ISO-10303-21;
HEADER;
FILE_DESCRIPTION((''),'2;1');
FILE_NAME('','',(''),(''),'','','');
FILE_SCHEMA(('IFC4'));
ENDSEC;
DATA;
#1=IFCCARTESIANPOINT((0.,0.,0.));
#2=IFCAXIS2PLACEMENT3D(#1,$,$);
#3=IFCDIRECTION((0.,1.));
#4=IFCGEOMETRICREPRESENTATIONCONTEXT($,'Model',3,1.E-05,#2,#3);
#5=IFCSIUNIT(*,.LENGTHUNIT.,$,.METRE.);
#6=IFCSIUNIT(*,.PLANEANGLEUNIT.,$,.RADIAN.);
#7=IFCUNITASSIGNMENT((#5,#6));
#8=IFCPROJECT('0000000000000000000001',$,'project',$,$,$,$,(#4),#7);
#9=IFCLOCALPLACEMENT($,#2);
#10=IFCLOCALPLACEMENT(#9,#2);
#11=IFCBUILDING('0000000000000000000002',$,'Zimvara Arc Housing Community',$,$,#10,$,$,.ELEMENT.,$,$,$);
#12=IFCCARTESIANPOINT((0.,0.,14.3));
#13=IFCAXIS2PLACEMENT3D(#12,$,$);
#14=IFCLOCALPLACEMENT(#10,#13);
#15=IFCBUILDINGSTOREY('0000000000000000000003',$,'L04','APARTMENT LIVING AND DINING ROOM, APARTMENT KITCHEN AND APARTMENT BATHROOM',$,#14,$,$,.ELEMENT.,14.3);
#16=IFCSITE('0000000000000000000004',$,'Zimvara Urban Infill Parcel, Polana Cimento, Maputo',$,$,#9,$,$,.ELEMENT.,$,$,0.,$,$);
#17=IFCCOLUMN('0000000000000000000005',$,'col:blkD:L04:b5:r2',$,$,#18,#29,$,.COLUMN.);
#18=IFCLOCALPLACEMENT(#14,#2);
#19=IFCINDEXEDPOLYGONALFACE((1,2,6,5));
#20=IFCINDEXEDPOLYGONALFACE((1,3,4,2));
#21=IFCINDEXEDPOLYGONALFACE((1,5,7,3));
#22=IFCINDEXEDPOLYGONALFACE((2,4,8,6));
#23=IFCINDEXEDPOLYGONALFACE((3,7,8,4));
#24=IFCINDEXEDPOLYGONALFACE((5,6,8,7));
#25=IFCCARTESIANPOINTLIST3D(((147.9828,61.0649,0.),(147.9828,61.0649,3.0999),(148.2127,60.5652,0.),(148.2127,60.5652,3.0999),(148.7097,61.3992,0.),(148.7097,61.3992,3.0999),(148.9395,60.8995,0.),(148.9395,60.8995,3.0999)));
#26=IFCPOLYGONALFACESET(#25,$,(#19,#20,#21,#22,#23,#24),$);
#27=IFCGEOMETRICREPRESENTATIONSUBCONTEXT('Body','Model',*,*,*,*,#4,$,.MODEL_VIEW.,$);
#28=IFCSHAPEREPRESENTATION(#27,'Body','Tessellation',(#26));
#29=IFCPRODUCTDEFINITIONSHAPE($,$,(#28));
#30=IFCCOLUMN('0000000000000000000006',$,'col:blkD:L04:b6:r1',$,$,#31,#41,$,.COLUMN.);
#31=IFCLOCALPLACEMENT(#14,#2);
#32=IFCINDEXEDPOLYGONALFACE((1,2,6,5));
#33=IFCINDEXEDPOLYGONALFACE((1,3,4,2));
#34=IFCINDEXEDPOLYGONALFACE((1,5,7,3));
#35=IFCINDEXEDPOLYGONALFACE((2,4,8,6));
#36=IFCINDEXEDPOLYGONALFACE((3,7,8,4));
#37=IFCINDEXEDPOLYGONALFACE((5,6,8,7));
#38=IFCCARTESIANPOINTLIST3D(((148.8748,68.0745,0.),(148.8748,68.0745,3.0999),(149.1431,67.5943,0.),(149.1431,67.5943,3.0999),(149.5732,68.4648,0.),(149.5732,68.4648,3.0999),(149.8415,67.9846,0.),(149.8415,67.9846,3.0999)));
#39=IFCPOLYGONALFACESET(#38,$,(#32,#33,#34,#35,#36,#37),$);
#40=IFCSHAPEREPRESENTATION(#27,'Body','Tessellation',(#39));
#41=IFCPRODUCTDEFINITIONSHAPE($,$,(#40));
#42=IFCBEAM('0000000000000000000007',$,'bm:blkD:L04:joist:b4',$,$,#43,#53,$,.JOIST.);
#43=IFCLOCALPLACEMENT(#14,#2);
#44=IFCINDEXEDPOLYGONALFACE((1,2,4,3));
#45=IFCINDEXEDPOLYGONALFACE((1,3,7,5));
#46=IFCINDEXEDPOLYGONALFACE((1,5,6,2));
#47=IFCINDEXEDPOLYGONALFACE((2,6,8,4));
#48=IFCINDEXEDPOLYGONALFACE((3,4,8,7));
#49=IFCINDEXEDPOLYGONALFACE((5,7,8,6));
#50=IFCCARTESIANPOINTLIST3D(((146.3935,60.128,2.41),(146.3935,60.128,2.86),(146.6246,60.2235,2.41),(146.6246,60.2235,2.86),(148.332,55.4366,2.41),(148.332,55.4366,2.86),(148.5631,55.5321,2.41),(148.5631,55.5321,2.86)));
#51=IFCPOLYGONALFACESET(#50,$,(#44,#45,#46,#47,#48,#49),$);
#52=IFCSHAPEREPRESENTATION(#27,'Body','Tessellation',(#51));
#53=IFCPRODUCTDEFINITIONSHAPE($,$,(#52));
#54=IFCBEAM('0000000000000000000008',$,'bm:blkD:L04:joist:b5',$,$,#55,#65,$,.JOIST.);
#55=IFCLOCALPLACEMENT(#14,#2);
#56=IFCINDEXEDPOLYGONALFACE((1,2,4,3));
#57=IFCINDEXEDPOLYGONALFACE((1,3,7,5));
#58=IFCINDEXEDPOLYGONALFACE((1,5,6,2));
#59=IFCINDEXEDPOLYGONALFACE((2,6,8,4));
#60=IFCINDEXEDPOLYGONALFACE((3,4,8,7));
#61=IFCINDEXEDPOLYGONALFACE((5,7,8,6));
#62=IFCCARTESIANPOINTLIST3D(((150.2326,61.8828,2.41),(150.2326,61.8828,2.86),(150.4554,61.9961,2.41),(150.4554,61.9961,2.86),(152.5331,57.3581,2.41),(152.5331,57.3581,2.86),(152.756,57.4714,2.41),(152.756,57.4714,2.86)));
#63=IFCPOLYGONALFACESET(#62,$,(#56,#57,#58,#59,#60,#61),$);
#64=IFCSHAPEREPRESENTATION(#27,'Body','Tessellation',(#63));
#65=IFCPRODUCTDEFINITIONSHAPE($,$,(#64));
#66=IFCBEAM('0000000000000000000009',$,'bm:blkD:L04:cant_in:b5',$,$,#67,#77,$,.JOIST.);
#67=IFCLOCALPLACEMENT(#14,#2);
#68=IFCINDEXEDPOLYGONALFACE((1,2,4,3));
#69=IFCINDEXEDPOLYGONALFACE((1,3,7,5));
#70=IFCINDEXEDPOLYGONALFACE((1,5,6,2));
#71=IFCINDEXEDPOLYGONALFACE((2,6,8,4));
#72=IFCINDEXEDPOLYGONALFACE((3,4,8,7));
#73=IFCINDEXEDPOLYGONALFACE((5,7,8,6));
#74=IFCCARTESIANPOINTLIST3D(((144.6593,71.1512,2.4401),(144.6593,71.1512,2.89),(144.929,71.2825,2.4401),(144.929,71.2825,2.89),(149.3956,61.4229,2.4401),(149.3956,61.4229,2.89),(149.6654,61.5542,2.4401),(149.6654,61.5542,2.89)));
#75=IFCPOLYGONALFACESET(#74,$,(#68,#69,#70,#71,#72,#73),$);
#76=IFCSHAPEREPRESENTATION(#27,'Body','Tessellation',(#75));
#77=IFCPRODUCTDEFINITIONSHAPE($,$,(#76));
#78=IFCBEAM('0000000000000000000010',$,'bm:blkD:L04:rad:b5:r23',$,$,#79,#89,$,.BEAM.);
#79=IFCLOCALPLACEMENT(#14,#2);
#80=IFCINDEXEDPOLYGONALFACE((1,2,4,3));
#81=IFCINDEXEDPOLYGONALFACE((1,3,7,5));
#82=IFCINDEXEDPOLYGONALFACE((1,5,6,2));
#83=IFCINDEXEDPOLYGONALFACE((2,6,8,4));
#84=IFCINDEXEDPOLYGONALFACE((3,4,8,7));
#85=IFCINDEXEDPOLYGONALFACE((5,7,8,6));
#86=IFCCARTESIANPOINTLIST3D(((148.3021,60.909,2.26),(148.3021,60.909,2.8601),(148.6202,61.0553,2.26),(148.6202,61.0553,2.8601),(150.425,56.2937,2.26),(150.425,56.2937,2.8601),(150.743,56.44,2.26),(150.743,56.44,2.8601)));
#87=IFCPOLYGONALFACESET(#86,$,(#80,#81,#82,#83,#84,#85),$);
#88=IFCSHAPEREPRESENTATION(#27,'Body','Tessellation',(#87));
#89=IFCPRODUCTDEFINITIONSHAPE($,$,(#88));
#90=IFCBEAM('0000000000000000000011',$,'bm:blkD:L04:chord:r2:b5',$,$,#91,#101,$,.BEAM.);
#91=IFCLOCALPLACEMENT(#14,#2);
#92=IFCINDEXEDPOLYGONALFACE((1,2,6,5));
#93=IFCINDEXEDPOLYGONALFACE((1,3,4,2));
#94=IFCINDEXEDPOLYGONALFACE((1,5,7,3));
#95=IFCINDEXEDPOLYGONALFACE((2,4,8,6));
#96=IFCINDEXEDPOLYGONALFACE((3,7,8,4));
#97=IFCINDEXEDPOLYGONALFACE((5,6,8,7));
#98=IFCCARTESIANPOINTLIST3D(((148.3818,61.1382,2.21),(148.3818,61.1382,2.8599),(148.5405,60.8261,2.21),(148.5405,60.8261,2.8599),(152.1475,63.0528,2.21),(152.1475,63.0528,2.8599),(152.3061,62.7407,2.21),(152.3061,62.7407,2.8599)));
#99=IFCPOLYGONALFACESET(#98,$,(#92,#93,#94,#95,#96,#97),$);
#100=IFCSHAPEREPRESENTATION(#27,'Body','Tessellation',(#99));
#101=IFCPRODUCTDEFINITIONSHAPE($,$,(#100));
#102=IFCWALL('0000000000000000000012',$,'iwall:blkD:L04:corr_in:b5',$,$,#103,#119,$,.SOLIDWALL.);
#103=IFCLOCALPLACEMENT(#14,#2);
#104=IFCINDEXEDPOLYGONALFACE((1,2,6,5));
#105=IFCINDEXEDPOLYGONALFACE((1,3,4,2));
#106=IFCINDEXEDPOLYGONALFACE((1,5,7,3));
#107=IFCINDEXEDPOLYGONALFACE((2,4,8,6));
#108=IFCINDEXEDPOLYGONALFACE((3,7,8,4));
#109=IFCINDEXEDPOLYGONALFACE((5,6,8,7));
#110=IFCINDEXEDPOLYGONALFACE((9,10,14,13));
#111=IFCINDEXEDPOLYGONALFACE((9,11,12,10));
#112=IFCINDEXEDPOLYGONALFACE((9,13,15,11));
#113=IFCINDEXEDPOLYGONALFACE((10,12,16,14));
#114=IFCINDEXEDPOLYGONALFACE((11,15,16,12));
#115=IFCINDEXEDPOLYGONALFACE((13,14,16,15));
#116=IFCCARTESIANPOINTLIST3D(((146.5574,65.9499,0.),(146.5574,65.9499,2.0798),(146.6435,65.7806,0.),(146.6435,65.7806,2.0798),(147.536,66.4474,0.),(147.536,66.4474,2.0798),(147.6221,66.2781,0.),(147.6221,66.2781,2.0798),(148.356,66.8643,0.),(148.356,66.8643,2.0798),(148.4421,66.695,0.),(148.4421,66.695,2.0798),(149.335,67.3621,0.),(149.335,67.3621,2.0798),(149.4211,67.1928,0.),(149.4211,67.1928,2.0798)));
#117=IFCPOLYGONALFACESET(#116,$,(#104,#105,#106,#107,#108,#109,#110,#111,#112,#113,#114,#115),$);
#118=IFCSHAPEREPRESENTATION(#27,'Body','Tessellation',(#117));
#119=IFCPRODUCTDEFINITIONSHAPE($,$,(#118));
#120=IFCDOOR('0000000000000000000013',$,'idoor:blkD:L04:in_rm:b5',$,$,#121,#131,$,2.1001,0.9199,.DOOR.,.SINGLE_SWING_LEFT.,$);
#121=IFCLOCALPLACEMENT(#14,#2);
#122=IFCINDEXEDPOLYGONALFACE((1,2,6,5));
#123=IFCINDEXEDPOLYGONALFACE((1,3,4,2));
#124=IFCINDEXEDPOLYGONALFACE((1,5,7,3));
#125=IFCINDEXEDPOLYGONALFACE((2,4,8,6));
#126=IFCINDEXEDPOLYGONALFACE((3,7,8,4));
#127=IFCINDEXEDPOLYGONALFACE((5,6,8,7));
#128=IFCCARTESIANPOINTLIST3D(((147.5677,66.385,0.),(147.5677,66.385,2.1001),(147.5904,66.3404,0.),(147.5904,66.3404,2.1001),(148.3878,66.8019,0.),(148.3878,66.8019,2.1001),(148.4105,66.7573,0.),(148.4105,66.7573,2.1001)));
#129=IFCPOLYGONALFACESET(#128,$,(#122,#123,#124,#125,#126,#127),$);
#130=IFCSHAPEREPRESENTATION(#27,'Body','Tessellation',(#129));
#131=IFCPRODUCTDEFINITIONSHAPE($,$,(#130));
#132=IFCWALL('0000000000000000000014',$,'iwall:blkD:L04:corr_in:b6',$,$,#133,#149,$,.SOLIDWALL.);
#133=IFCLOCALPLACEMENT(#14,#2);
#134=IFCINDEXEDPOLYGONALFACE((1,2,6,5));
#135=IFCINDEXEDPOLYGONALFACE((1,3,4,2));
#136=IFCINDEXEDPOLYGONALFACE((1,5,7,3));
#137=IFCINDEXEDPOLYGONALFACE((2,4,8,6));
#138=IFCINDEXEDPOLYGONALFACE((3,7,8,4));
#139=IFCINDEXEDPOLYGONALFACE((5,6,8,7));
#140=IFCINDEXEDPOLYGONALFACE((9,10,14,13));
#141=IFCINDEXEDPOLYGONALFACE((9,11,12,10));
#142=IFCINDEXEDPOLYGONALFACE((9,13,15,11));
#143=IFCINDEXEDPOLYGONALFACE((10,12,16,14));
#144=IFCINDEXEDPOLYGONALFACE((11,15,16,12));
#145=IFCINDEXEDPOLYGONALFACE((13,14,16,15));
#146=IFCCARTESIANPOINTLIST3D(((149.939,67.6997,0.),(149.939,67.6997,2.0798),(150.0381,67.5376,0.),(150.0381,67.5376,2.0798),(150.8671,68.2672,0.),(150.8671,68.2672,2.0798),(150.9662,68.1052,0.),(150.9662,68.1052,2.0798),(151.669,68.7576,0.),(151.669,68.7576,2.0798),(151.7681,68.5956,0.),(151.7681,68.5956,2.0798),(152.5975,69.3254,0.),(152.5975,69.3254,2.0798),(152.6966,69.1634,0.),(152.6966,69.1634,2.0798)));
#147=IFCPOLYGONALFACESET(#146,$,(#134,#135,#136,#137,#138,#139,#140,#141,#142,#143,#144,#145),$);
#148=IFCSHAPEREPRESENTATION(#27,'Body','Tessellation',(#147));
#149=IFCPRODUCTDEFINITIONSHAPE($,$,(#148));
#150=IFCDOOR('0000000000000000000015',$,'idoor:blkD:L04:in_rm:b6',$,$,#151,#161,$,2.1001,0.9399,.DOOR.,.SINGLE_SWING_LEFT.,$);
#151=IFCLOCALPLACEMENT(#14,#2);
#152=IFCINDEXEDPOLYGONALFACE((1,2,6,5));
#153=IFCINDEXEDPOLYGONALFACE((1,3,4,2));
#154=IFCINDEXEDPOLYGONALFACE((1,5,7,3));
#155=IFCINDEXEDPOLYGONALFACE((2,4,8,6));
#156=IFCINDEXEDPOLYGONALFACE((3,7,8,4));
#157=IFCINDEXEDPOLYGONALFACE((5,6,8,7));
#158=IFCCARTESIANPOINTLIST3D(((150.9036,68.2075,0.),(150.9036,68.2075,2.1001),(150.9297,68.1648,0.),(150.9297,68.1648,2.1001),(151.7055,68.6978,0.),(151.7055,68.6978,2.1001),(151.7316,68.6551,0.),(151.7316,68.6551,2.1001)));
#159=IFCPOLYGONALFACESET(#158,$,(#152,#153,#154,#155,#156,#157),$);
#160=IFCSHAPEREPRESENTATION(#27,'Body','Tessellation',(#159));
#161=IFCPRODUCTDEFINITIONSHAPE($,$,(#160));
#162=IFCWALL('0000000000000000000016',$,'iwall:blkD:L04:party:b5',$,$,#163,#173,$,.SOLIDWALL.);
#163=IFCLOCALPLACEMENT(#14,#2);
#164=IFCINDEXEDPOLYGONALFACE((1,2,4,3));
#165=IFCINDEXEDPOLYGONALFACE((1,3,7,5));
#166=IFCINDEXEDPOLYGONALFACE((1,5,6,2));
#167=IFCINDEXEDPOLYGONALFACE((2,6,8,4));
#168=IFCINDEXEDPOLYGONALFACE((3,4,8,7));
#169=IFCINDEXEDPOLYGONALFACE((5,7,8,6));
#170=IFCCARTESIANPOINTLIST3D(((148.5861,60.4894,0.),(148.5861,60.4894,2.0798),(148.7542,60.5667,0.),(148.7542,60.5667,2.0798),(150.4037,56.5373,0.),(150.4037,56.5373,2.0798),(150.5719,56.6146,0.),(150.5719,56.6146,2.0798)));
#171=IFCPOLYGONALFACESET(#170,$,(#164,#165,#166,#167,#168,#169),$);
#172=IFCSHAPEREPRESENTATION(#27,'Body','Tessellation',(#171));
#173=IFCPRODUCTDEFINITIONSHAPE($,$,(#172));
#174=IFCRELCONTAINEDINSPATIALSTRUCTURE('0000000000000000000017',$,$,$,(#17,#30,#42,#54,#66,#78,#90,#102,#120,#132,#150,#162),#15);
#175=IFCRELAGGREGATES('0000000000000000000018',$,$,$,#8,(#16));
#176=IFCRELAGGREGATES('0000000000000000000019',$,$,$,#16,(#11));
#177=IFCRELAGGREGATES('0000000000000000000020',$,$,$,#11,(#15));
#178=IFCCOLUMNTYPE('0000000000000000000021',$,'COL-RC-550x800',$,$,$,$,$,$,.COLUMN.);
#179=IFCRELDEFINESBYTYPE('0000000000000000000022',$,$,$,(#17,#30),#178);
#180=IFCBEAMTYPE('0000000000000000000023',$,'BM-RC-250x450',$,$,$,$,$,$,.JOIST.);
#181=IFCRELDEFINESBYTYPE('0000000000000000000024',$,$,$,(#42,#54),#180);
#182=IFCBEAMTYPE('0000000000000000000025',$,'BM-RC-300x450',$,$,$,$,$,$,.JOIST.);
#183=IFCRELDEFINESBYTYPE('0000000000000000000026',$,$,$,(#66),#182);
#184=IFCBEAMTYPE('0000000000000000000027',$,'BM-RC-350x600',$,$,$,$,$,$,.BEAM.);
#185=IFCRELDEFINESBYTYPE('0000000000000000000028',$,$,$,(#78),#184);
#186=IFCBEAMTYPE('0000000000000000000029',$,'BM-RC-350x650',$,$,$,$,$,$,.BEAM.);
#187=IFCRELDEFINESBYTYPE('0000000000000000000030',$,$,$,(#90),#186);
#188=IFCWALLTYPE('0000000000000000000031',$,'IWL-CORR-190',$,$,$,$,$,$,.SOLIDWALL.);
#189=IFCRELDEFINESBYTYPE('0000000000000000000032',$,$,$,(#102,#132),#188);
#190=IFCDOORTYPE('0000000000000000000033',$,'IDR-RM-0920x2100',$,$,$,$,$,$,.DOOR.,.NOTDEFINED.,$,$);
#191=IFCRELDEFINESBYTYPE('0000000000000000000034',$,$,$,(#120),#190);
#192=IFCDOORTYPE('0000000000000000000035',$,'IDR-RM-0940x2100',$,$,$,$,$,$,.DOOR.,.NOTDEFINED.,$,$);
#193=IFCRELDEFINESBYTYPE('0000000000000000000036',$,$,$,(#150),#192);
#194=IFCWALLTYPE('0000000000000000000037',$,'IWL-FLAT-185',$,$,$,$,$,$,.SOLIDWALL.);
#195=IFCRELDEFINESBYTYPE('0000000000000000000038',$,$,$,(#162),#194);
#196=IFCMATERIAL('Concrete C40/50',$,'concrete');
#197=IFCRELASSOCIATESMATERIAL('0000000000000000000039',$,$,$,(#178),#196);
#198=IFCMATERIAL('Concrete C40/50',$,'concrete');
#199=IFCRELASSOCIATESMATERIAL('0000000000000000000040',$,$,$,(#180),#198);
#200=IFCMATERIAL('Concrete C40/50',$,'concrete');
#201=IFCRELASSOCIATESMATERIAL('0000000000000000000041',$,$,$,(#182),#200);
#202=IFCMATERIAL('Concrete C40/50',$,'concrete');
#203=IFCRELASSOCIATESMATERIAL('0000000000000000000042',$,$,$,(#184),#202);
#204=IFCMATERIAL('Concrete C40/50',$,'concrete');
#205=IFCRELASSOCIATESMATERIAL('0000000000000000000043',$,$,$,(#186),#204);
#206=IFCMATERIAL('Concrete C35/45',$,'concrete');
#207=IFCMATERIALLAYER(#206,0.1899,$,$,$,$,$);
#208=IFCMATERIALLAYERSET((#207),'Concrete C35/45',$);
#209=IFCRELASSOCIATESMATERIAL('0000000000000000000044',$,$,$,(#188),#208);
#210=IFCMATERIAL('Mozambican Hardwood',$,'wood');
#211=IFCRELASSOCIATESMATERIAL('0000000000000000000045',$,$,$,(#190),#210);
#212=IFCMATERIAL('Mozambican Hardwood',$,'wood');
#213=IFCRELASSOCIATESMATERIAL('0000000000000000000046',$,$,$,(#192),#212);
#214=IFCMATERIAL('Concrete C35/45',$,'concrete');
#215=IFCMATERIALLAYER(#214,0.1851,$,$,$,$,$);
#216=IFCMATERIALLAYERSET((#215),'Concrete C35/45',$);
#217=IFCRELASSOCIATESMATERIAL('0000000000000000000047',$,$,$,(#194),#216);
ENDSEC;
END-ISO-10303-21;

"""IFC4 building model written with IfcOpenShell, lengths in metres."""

from ifc_helpers import new_model, si_unit, direction, frame, frame_2d, origin, origin_2d, place, context, subcontext, project, spatial, rectangle, extrude, material, layer, layer_set, material_profile, profile_set, type_object, element, fill, save


model = new_model("IFC4")

# Units and contexts
model_context = context("Model", 3, precision=1e-05, world=origin(), true_north=direction((0.0, 1.0)))
body_context = subcontext(model_context, "Body", "Model", "MODEL_VIEW")
ifc_project = project(units=[si_unit("LENGTHUNIT", "METRE"), si_unit("PLANEANGLEUNIT", "RADIAN")], contexts=[model_context])

# Site, building, storey
site_placement = place(None, origin())
site = spatial("IfcSite", under=ifc_project, at=site_placement, Name="Zimvara Urban Infill Parcel, Polana Cimento, Maputo", CompositionType="ELEMENT", RefElevation=0.0)
building_placement = place(site_placement, origin())
building = spatial("IfcBuilding", under=site, at=building_placement, Name="Zimvara Arc Housing Community", CompositionType="ELEMENT")
storey_placement = place(building_placement, frame((0.0, 0.0, 14.3)))
storey = spatial("IfcBuildingStorey", under=building, at=storey_placement, Name="L04", Description="APARTMENT LIVING AND DINING ROOM, APARTMENT KITCHEN AND APARTMENT BATHROOM", CompositionType="ELEMENT", Elevation=14.3)

# Columns
ifc_material_1 = material(Name="Concrete C40/50", Category="concrete")
ifc_material_profile_1 = material_profile(ifc_material_1, rectangle(XDim=0.55, YDim=0.8, at=origin_2d()), Name="RC 550x800")
ifc_profile_set_1 = profile_set([ifc_material_profile_1], Name="Concrete C40/50")
column_type = type_object("IfcColumnType", Name="COL-RC-550x800", PredefinedType="COLUMN", material=ifc_profile_set_1)
for number, where, z_axis, x_axis, name in (
    (1, (148.4612, 60.9822, 0.0), (0.0, 0.0, 1.0), (0.417867, -0.908508, 0.0), "col:blkD:L04:b5:r2"),
    (2, (149.3582, 68.0295, 0.0), (0.0, 0.0, 1.0), (0.48786, -0.872922, 0.0), "col:blkD:L04:b6:r1"),
):
    element("IfcColumn", number, at=place(storey_placement, frame(where, z_axis=z_axis, x_axis=x_axis)), inside=storey, type_object=column_type, Name=name, PredefinedType="COLUMN", context=body_context, shape_type="SweptSolid", body=[
        extrude(rectangle(XDim=0.55, YDim=0.8, at=origin_2d()), origin(), (0.0, 0.0, 1.0), 3.0999),
    ])

# Beams
ifc_material_2 = material(Name="Concrete C40/50", Category="concrete")
ifc_material_profile_2 = material_profile(ifc_material_2, rectangle(XDim=0.25, YDim=0.45, at=origin_2d()), Name="RC 250x450")
ifc_profile_set_2 = profile_set([ifc_material_profile_2], Name="Concrete C40/50")
beam_type_1 = type_object("IfcBeamType", Name="BM-RC-250x450", PredefinedType="JOIST", material=ifc_profile_set_2)
beam_1_placement = place(storey_placement, frame((146.509, 60.1758, 2.635), z_axis=(0.381882, -0.924211, 0.0), x_axis=(0.924211, 0.381882, 0.0)))
element("IfcBeam", 3, at=beam_1_placement, inside=storey, type_object=beam_type_1, Name="bm:blkD:L04:joist:b4", PredefinedType="JOIST", context=body_context, shape_type="SweptSolid", body=[
    extrude(rectangle(XDim=0.25, YDim=0.45, at=origin_2d()), origin(), (0.0, 0.0, 1.0), 5.0762),
])
beam_2_placement = place(storey_placement, frame((150.344, 61.9395, 2.635), z_axis=(0.453225, -0.891396, 0.0), x_axis=(0.891396, 0.453225, 0.0)))
element("IfcBeam", 4, at=beam_2_placement, inside=storey, type_object=beam_type_1, Name="bm:blkD:L04:joist:b5", PredefinedType="JOIST", context=body_context, shape_type="SweptSolid", body=[
    extrude(rectangle(XDim=0.25, YDim=0.45, at=origin_2d()), origin(), (0.0, 0.0, 1.0), 5.0759),
])
ifc_material_3 = material(Name="Concrete C40/50", Category="concrete")
ifc_material_profile_3 = material_profile(ifc_material_3, rectangle(XDim=0.3, YDim=0.45, at=origin_2d()), Name="RC 300x450")
ifc_profile_set_3 = profile_set([ifc_material_profile_3], Name="Concrete C40/50")
beam_type_2 = type_object("IfcBeamType", Name="BM-RC-300x450", PredefinedType="JOIST", material=ifc_profile_set_3)
beam_3_placement = place(storey_placement, frame((149.5305, 61.4885, 2.665), z_axis=(-0.437739, 0.899102, 0.0), x_axis=(-0.899102, -0.437739, 0.0)))
element("IfcBeam", 5, at=beam_3_placement, inside=storey, type_object=beam_type_2, Name="bm:blkD:L04:cant_in:b5", PredefinedType="JOIST", context=body_context, shape_type="SweptSolid", body=[
    extrude(rectangle(XDim=0.3, YDim=0.45, at=origin_2d()), origin(), (0.0, 0.0, 1.0), 10.8201),
])
ifc_material_4 = material(Name="Concrete C40/50", Category="concrete")
ifc_material_profile_4 = material_profile(ifc_material_4, rectangle(XDim=0.3501, YDim=0.6001, at=origin_2d()), Name="RC 350x600")
ifc_profile_set_4 = profile_set([ifc_material_profile_4], Name="Concrete C40/50")
beam_type_3 = type_object("IfcBeamType", Name="BM-RC-350x600", PredefinedType="BEAM", material=ifc_profile_set_4)
beam_4_placement = place(storey_placement, frame((148.4612, 60.9822, 2.5601), z_axis=(0.417872, -0.908506, 0.0), x_axis=(0.908506, 0.417872, 0.0)))
element("IfcBeam", 6, at=beam_4_placement, inside=storey, type_object=beam_type_3, Name="bm:blkD:L04:rad:b5:r23", PredefinedType="BEAM", context=body_context, shape_type="SweptSolid", body=[
    extrude(rectangle(XDim=0.3501, YDim=0.6001, at=origin_2d()), origin(), (0.0, 0.0, 1.0), 5.0801),
])
ifc_material_5 = material(Name="Concrete C40/50", Category="concrete")
ifc_material_profile_5 = material_profile(ifc_material_5, rectangle(XDim=0.3501, YDim=0.6499, at=origin_2d()), Name="RC 350x650")
ifc_profile_set_5 = profile_set([ifc_material_profile_5], Name="Concrete C40/50")
beam_type_4 = type_object("IfcBeamType", Name="BM-RC-350x650", PredefinedType="BEAM", material=ifc_profile_set_5)
beam_5_placement = place(storey_placement, frame((148.4612, 60.9822, 2.5349), z_axis=(0.891402, 0.453214, 0.0), x_axis=(-0.453214, 0.891402, 0.0)))
element("IfcBeam", 7, at=beam_5_placement, inside=storey, type_object=beam_type_4, Name="bm:blkD:L04:chord:r2:b5", PredefinedType="BEAM", context=body_context, shape_type="SweptSolid", body=[
    extrude(rectangle(XDim=0.3501, YDim=0.6499, at=origin_2d()), origin(), (0.0, 0.0, 1.0), 4.2244),
])

# Walls, openings, doors
ifc_material_6 = material(Name="Concrete C35/45", Category="concrete")
ifc_layer_1 = layer(ifc_material_6, 0.1899)
ifc_layer_set_1 = layer_set([ifc_layer_1], Name="Concrete C35/45")
wall_type_1 = type_object("IfcWallType", Name="IWL-CORR-190", PredefinedType="SOLIDWALL", material=ifc_layer_set_1)
wall_1_placement = place(storey_placement, frame((146.6003, 65.8652, 0.0), z_axis=(0.0, 0.0, 1.0), x_axis=(0.891414, 0.45319, 0.0)))
wall_1 = element("IfcWall", 8, at=wall_1_placement, inside=storey, type_object=wall_type_1, Name="iwall:blkD:L04:corr_in:b5", PredefinedType="SOLIDWALL", context=body_context, shape_type="SweptSolid", body=[
    extrude(rectangle(XDim=3.116, YDim=0.1899, at=frame_2d((1.5581, 0.0))), origin(), (0.0, 0.0, 1.0), 2.0798),
])
opening_1_placement = place(wall_1_placement, frame((1.0979, 0.0, 0.0)))
opening_1 = element("IfcOpeningElement", 9, at=opening_1_placement, cuts=wall_1, PredefinedType="OPENING", context=body_context, shape_type="SweptSolid", body=[
    extrude(rectangle(XDim=0.9199, YDim=2.1001, at=frame_2d((0.46, 1.05))), frame((0.0, 0.105, 0.0), z_axis=(0.0, -1.0, 0.0), x_axis=(1.0, 0.0, 0.0)), (0.0, 0.0, 1.0), 0.21),
])
ifc_material_7 = material(Name="Mozambican Hardwood", Category="wood")
door_type_1 = type_object("IfcDoorType", Name="IDR-RM-0920x2100", OperationType="NOTDEFINED", PredefinedType="DOOR", material=ifc_material_7)
door_1_placement = place(opening_1_placement, origin())
door_1 = element("IfcDoor", 10, at=door_1_placement, inside=storey, type_object=door_type_1, Name="idoor:blkD:L04:in_rm:b5", OperationType="SINGLE_SWING_LEFT", OverallHeight=2.1001, OverallWidth=0.9199, PredefinedType="DOOR", context=body_context, shape_type="SweptSolid", body=[
    extrude(rectangle(XDim=0.9199, YDim=2.1001, at=frame_2d((0.46, 1.05))), frame((0.0, 0.0249, 0.0), z_axis=(0.0, -1.0, 0.0), x_axis=(1.0, 0.0, 0.0)), (0.0, 0.0, 1.0), 0.05),
])
fill(opening_1, door_1)
wall_2_placement = place(storey_placement, frame((149.9885, 67.6187, 0.0), z_axis=(0.0, 0.0, 1.0), x_axis=(0.853121, 0.521713, 0.0)))
wall_2 = element("IfcWall", 11, at=wall_2_placement, inside=storey, type_object=wall_type_1, Name="iwall:blkD:L04:corr_in:b6", PredefinedType="SOLIDWALL", context=body_context, shape_type="SweptSolid", body=[
    extrude(rectangle(XDim=3.1162, YDim=0.1899, at=frame_2d((1.5581, 0.0))), origin(), (0.0, 0.0, 1.0), 2.0798),
])
opening_2_placement = place(wall_2_placement, frame((1.0879, 0.0, 0.0)))
opening_2 = element("IfcOpeningElement", 12, at=opening_2_placement, cuts=wall_2, PredefinedType="OPENING", context=body_context, shape_type="SweptSolid", body=[
    extrude(rectangle(XDim=0.9399, YDim=2.1001, at=frame_2d((0.47, 1.05))), frame((0.0, 0.105, 0.0), z_axis=(0.0, -1.0, 0.0), x_axis=(1.0, 0.0, 0.0)), (0.0, 0.0, 1.0), 0.21),
])
ifc_material_8 = material(Name="Mozambican Hardwood", Category="wood")
door_type_2 = type_object("IfcDoorType", Name="IDR-RM-0940x2100", OperationType="NOTDEFINED", PredefinedType="DOOR", material=ifc_material_8)
door_2_placement = place(opening_2_placement, origin())
door_2 = element("IfcDoor", 13, at=door_2_placement, inside=storey, type_object=door_type_2, Name="idoor:blkD:L04:in_rm:b6", OperationType="SINGLE_SWING_LEFT", OverallHeight=2.1001, OverallWidth=0.9399, PredefinedType="DOOR", context=body_context, shape_type="SweptSolid", body=[
    extrude(rectangle(XDim=0.9399, YDim=2.1001, at=frame_2d((0.47, 1.05))), frame((0.0, 0.0249, 0.0), z_axis=(0.0, -1.0, 0.0), x_axis=(1.0, 0.0, 0.0)), (0.0, 0.0, 1.0), 0.05),
])
fill(opening_2, door_2)

# Wall
ifc_material_9 = material(Name="Concrete C35/45", Category="concrete")
ifc_layer_2 = layer(ifc_material_9, 0.1851)
ifc_layer_set_2 = layer_set([ifc_layer_2], Name="Concrete C35/45")
wall_type_2 = type_object("IfcWallType", Name="IWL-FLAT-185", PredefinedType="SOLIDWALL", material=ifc_layer_set_2)
wall_3_placement = place(storey_placement, frame((148.6702, 60.5281, 0.0), z_axis=(0.0, 0.0, 1.0), x_axis=(0.417837, -0.908522, 0.0)))
element("IfcWall", 14, at=wall_3_placement, inside=storey, type_object=wall_type_2, Name="iwall:blkD:L04:party:b5", PredefinedType="SOLIDWALL", context=body_context, shape_type="SweptSolid", body=[
    extrude(rectangle(XDim=4.3501, YDim=0.1851, at=frame_2d((2.175, 0.0))), origin(), (0.0, 0.0, 1.0), 2.0798),
])

save(model, "model.ifc")
